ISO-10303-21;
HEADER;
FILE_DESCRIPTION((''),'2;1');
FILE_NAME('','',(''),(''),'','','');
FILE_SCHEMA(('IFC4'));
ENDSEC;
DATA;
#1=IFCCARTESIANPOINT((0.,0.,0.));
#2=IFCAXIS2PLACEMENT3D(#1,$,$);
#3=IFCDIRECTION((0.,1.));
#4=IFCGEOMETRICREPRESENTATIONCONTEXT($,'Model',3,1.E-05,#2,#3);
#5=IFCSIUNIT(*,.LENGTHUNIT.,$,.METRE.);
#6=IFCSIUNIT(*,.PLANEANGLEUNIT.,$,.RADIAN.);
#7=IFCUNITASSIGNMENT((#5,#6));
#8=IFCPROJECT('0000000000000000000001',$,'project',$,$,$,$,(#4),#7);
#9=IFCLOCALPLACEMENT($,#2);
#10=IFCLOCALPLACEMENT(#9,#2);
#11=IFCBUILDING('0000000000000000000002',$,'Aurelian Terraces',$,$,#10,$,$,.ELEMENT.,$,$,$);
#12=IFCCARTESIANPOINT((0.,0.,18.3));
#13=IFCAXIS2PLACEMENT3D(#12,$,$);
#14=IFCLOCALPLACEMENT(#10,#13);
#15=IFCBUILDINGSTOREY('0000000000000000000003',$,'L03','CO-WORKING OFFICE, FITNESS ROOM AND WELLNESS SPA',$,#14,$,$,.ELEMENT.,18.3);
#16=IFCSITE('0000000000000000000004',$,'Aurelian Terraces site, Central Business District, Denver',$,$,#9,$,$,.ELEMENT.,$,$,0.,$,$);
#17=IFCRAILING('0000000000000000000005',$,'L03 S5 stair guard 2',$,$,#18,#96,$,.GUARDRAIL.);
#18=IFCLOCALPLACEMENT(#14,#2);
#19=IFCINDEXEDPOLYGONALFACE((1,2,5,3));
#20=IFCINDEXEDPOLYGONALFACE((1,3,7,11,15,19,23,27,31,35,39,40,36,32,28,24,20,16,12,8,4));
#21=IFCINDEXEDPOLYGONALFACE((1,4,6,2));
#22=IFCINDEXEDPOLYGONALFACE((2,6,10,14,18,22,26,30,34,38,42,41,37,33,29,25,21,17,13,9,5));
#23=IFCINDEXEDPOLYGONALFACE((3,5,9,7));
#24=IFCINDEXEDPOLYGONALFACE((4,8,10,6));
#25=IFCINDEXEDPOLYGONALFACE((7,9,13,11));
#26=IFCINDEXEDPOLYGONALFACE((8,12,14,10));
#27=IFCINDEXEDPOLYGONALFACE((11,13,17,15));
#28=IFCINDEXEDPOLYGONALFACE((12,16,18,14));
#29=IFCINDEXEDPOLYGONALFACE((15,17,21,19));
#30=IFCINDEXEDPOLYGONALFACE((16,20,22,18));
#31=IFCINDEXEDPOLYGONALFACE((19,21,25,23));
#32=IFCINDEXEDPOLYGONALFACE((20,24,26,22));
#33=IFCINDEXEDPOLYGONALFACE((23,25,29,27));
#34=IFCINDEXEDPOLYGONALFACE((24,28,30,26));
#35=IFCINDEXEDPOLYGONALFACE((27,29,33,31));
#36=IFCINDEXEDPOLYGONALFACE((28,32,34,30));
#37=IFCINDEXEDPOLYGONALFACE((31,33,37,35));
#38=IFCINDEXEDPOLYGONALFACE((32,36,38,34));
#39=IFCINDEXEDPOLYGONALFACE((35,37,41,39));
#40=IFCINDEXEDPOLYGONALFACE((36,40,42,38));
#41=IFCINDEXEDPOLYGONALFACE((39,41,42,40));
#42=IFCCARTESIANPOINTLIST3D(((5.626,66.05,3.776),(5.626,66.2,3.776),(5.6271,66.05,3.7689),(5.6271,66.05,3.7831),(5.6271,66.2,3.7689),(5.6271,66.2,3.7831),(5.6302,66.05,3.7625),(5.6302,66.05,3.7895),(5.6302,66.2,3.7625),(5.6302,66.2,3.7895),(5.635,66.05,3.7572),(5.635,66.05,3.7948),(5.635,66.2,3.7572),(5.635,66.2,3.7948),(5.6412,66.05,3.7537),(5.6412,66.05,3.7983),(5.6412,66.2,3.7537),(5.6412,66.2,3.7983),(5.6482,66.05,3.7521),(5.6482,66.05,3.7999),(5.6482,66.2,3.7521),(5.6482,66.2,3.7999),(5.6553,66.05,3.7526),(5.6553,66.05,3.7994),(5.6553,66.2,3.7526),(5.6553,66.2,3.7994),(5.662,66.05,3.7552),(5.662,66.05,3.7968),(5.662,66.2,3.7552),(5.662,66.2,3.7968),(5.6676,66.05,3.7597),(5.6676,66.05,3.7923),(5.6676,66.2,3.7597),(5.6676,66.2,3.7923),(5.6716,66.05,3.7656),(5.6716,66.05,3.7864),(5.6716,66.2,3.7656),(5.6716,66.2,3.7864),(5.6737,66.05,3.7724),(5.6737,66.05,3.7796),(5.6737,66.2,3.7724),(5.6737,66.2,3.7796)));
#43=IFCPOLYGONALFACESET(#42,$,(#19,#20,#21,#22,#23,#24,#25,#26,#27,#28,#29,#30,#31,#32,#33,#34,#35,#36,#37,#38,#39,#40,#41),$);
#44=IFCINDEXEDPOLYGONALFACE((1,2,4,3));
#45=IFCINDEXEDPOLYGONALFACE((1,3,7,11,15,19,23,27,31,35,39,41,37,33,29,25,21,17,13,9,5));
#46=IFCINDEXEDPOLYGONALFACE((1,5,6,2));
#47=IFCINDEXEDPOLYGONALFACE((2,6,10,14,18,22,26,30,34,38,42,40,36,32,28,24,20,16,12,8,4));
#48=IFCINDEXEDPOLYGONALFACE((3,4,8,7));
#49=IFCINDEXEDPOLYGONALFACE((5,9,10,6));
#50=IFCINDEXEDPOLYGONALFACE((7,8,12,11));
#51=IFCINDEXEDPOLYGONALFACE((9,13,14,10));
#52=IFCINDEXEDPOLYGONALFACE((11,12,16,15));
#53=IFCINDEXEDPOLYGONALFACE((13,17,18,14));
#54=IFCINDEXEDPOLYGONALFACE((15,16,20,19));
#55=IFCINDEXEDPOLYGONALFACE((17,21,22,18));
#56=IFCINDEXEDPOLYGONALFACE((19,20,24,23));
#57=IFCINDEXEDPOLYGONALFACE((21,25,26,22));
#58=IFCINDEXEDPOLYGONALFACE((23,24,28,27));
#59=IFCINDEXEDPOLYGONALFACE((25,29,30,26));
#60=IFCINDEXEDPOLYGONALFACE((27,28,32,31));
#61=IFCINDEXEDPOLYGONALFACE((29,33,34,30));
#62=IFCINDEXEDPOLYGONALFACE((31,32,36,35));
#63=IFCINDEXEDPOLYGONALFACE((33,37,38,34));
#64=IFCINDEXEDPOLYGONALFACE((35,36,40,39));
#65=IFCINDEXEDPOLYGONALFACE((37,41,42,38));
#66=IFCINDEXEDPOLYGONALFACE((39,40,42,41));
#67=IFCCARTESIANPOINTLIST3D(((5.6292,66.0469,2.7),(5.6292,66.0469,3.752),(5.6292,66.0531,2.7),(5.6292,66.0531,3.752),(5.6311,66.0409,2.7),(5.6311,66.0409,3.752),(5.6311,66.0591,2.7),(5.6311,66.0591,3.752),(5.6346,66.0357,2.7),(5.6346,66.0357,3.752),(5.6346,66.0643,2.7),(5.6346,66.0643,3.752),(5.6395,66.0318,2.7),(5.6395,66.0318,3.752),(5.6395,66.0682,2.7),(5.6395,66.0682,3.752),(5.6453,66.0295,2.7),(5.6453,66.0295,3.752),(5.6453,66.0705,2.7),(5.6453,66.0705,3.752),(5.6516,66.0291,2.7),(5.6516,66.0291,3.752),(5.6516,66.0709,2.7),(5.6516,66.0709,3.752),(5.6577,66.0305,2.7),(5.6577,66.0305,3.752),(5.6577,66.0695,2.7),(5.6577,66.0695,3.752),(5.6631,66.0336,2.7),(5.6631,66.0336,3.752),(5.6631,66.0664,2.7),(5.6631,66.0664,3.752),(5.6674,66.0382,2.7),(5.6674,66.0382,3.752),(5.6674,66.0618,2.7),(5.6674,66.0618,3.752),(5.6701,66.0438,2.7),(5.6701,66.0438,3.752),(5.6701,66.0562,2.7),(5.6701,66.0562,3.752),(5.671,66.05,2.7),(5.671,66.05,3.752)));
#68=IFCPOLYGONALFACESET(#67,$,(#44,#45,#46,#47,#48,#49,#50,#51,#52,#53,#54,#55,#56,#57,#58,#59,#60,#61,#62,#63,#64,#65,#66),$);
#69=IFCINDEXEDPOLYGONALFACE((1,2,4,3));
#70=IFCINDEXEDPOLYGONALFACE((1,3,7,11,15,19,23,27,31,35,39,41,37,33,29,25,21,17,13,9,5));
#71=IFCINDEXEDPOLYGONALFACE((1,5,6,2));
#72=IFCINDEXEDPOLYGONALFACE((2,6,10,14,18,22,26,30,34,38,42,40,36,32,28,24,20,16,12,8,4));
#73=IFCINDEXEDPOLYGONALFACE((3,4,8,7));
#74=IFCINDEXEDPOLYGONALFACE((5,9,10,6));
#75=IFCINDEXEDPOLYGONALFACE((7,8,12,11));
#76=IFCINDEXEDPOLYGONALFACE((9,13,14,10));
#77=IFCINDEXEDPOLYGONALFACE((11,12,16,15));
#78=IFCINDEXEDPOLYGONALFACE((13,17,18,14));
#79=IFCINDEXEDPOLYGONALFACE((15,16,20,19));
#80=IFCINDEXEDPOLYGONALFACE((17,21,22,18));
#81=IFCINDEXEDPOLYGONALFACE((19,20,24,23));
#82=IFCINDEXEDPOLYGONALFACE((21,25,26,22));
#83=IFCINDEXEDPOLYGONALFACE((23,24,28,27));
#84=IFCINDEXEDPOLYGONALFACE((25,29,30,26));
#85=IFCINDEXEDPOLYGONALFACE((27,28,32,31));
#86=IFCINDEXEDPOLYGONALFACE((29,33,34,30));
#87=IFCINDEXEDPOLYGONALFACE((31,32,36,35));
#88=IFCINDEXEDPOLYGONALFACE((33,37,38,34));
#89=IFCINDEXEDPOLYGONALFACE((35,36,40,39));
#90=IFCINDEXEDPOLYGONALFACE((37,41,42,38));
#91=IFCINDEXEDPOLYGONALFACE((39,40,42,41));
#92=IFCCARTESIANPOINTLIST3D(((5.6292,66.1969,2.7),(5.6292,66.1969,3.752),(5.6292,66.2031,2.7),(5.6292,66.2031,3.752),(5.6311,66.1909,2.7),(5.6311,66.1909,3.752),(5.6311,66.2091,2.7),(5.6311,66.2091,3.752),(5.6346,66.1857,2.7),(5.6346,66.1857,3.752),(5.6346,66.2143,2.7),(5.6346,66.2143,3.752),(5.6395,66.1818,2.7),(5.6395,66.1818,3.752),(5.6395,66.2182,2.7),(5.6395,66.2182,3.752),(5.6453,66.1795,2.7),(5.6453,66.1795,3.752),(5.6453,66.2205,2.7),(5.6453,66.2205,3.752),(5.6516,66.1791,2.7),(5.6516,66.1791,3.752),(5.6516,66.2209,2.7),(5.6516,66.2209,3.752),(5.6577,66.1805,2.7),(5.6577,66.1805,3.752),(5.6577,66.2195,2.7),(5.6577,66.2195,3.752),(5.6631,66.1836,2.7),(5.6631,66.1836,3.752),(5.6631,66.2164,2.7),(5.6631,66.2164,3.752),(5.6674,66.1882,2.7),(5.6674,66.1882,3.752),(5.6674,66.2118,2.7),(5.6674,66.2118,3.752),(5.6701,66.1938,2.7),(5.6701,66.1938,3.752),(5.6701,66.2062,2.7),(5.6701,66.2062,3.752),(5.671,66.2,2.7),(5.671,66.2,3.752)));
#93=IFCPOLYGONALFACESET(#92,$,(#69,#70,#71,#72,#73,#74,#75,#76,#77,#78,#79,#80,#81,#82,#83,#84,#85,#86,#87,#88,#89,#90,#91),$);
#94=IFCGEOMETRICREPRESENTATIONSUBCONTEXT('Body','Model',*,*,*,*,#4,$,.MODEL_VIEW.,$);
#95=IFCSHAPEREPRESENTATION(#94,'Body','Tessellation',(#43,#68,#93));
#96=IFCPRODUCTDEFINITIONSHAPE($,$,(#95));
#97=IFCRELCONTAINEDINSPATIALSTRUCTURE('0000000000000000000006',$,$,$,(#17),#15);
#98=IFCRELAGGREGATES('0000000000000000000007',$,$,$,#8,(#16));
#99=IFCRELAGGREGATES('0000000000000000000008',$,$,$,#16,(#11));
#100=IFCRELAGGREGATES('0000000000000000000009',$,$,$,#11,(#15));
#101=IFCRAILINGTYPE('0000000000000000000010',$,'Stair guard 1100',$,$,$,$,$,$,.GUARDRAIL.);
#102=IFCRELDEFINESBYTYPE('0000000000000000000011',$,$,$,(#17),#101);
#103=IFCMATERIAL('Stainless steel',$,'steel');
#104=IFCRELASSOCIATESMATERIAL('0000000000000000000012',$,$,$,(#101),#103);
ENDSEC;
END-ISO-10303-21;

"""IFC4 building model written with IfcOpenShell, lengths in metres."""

from ifc_helpers import new_model, si_unit, direction, frame, origin, origin_2d, place, context, subcontext, project, spatial, circle, extrude, source, transform, mapped, material, type_object, element, save


model = new_model("IFC4")

# Units and contexts
model_context = context("Model", 3, precision=1e-05, world=origin(), true_north=direction((0.0, 1.0)))
body_context = subcontext(model_context, "Body", "Model", "MODEL_VIEW")
ifc_project = project(units=[si_unit("LENGTHUNIT", "METRE"), si_unit("PLANEANGLEUNIT", "RADIAN")], contexts=[model_context])

# Site, building, storey
site_placement = place(None, origin())
site = spatial("IfcSite", under=ifc_project, at=site_placement, Name="Aurelian Terraces site, Central Business District, Denver", CompositionType="ELEMENT", RefElevation=0.0)
building_placement = place(site_placement, origin())
building = spatial("IfcBuilding", under=site, at=building_placement, Name="Aurelian Terraces", CompositionType="ELEMENT")
storey_placement = place(building_placement, frame((0.0, 0.0, 18.3)))
storey = spatial("IfcBuildingStorey", under=building, at=storey_placement, Name="L03", Description="CO-WORKING OFFICE, FITNESS ROOM AND WELLNESS SPA", CompositionType="ELEMENT", Elevation=18.3)

# Railing
ifc_material_1 = material(Name="Stainless steel", Category="steel")
railing_type_1 = type_object("IfcRailingType", Name="Stair guard 1100", PredefinedType="GUARDRAIL", material=ifc_material_1)
shared_shape_1 = source(origin(), body_context, "Body", "SweptSolid", [
    extrude(circle(Radius=0.024, at=origin_2d()), frame((0.0, 0.0, 1.076), z_axis=(0.0, 1.0, 0.0), x_axis=(-1.0, 0.0, 0.0)), (0.0, 0.0, 1.0), 0.15),
    extrude(circle(Radius=0.021, at=origin_2d()), origin(), (0.0, 0.0, 1.0), 1.052),
    extrude(circle(Radius=0.021, at=origin_2d()), frame((0.0, 0.15, 0.0)), (0.0, 0.0, 1.0), 1.052),
])
railing_1_placement = place(storey_placement, frame((5.65, 66.05, 2.7)))
element("IfcRailing", 1, at=railing_1_placement, inside=storey, type_object=railing_type_1, Name="L03 S5 stair guard 2", PredefinedType="GUARDRAIL", context=body_context, shape_type="MappedRepresentation", body=[
    mapped(shared_shape_1, transform((0.0, 0.0, 0.0), scale=1.0)),
])

save(model, "model.ifc")
